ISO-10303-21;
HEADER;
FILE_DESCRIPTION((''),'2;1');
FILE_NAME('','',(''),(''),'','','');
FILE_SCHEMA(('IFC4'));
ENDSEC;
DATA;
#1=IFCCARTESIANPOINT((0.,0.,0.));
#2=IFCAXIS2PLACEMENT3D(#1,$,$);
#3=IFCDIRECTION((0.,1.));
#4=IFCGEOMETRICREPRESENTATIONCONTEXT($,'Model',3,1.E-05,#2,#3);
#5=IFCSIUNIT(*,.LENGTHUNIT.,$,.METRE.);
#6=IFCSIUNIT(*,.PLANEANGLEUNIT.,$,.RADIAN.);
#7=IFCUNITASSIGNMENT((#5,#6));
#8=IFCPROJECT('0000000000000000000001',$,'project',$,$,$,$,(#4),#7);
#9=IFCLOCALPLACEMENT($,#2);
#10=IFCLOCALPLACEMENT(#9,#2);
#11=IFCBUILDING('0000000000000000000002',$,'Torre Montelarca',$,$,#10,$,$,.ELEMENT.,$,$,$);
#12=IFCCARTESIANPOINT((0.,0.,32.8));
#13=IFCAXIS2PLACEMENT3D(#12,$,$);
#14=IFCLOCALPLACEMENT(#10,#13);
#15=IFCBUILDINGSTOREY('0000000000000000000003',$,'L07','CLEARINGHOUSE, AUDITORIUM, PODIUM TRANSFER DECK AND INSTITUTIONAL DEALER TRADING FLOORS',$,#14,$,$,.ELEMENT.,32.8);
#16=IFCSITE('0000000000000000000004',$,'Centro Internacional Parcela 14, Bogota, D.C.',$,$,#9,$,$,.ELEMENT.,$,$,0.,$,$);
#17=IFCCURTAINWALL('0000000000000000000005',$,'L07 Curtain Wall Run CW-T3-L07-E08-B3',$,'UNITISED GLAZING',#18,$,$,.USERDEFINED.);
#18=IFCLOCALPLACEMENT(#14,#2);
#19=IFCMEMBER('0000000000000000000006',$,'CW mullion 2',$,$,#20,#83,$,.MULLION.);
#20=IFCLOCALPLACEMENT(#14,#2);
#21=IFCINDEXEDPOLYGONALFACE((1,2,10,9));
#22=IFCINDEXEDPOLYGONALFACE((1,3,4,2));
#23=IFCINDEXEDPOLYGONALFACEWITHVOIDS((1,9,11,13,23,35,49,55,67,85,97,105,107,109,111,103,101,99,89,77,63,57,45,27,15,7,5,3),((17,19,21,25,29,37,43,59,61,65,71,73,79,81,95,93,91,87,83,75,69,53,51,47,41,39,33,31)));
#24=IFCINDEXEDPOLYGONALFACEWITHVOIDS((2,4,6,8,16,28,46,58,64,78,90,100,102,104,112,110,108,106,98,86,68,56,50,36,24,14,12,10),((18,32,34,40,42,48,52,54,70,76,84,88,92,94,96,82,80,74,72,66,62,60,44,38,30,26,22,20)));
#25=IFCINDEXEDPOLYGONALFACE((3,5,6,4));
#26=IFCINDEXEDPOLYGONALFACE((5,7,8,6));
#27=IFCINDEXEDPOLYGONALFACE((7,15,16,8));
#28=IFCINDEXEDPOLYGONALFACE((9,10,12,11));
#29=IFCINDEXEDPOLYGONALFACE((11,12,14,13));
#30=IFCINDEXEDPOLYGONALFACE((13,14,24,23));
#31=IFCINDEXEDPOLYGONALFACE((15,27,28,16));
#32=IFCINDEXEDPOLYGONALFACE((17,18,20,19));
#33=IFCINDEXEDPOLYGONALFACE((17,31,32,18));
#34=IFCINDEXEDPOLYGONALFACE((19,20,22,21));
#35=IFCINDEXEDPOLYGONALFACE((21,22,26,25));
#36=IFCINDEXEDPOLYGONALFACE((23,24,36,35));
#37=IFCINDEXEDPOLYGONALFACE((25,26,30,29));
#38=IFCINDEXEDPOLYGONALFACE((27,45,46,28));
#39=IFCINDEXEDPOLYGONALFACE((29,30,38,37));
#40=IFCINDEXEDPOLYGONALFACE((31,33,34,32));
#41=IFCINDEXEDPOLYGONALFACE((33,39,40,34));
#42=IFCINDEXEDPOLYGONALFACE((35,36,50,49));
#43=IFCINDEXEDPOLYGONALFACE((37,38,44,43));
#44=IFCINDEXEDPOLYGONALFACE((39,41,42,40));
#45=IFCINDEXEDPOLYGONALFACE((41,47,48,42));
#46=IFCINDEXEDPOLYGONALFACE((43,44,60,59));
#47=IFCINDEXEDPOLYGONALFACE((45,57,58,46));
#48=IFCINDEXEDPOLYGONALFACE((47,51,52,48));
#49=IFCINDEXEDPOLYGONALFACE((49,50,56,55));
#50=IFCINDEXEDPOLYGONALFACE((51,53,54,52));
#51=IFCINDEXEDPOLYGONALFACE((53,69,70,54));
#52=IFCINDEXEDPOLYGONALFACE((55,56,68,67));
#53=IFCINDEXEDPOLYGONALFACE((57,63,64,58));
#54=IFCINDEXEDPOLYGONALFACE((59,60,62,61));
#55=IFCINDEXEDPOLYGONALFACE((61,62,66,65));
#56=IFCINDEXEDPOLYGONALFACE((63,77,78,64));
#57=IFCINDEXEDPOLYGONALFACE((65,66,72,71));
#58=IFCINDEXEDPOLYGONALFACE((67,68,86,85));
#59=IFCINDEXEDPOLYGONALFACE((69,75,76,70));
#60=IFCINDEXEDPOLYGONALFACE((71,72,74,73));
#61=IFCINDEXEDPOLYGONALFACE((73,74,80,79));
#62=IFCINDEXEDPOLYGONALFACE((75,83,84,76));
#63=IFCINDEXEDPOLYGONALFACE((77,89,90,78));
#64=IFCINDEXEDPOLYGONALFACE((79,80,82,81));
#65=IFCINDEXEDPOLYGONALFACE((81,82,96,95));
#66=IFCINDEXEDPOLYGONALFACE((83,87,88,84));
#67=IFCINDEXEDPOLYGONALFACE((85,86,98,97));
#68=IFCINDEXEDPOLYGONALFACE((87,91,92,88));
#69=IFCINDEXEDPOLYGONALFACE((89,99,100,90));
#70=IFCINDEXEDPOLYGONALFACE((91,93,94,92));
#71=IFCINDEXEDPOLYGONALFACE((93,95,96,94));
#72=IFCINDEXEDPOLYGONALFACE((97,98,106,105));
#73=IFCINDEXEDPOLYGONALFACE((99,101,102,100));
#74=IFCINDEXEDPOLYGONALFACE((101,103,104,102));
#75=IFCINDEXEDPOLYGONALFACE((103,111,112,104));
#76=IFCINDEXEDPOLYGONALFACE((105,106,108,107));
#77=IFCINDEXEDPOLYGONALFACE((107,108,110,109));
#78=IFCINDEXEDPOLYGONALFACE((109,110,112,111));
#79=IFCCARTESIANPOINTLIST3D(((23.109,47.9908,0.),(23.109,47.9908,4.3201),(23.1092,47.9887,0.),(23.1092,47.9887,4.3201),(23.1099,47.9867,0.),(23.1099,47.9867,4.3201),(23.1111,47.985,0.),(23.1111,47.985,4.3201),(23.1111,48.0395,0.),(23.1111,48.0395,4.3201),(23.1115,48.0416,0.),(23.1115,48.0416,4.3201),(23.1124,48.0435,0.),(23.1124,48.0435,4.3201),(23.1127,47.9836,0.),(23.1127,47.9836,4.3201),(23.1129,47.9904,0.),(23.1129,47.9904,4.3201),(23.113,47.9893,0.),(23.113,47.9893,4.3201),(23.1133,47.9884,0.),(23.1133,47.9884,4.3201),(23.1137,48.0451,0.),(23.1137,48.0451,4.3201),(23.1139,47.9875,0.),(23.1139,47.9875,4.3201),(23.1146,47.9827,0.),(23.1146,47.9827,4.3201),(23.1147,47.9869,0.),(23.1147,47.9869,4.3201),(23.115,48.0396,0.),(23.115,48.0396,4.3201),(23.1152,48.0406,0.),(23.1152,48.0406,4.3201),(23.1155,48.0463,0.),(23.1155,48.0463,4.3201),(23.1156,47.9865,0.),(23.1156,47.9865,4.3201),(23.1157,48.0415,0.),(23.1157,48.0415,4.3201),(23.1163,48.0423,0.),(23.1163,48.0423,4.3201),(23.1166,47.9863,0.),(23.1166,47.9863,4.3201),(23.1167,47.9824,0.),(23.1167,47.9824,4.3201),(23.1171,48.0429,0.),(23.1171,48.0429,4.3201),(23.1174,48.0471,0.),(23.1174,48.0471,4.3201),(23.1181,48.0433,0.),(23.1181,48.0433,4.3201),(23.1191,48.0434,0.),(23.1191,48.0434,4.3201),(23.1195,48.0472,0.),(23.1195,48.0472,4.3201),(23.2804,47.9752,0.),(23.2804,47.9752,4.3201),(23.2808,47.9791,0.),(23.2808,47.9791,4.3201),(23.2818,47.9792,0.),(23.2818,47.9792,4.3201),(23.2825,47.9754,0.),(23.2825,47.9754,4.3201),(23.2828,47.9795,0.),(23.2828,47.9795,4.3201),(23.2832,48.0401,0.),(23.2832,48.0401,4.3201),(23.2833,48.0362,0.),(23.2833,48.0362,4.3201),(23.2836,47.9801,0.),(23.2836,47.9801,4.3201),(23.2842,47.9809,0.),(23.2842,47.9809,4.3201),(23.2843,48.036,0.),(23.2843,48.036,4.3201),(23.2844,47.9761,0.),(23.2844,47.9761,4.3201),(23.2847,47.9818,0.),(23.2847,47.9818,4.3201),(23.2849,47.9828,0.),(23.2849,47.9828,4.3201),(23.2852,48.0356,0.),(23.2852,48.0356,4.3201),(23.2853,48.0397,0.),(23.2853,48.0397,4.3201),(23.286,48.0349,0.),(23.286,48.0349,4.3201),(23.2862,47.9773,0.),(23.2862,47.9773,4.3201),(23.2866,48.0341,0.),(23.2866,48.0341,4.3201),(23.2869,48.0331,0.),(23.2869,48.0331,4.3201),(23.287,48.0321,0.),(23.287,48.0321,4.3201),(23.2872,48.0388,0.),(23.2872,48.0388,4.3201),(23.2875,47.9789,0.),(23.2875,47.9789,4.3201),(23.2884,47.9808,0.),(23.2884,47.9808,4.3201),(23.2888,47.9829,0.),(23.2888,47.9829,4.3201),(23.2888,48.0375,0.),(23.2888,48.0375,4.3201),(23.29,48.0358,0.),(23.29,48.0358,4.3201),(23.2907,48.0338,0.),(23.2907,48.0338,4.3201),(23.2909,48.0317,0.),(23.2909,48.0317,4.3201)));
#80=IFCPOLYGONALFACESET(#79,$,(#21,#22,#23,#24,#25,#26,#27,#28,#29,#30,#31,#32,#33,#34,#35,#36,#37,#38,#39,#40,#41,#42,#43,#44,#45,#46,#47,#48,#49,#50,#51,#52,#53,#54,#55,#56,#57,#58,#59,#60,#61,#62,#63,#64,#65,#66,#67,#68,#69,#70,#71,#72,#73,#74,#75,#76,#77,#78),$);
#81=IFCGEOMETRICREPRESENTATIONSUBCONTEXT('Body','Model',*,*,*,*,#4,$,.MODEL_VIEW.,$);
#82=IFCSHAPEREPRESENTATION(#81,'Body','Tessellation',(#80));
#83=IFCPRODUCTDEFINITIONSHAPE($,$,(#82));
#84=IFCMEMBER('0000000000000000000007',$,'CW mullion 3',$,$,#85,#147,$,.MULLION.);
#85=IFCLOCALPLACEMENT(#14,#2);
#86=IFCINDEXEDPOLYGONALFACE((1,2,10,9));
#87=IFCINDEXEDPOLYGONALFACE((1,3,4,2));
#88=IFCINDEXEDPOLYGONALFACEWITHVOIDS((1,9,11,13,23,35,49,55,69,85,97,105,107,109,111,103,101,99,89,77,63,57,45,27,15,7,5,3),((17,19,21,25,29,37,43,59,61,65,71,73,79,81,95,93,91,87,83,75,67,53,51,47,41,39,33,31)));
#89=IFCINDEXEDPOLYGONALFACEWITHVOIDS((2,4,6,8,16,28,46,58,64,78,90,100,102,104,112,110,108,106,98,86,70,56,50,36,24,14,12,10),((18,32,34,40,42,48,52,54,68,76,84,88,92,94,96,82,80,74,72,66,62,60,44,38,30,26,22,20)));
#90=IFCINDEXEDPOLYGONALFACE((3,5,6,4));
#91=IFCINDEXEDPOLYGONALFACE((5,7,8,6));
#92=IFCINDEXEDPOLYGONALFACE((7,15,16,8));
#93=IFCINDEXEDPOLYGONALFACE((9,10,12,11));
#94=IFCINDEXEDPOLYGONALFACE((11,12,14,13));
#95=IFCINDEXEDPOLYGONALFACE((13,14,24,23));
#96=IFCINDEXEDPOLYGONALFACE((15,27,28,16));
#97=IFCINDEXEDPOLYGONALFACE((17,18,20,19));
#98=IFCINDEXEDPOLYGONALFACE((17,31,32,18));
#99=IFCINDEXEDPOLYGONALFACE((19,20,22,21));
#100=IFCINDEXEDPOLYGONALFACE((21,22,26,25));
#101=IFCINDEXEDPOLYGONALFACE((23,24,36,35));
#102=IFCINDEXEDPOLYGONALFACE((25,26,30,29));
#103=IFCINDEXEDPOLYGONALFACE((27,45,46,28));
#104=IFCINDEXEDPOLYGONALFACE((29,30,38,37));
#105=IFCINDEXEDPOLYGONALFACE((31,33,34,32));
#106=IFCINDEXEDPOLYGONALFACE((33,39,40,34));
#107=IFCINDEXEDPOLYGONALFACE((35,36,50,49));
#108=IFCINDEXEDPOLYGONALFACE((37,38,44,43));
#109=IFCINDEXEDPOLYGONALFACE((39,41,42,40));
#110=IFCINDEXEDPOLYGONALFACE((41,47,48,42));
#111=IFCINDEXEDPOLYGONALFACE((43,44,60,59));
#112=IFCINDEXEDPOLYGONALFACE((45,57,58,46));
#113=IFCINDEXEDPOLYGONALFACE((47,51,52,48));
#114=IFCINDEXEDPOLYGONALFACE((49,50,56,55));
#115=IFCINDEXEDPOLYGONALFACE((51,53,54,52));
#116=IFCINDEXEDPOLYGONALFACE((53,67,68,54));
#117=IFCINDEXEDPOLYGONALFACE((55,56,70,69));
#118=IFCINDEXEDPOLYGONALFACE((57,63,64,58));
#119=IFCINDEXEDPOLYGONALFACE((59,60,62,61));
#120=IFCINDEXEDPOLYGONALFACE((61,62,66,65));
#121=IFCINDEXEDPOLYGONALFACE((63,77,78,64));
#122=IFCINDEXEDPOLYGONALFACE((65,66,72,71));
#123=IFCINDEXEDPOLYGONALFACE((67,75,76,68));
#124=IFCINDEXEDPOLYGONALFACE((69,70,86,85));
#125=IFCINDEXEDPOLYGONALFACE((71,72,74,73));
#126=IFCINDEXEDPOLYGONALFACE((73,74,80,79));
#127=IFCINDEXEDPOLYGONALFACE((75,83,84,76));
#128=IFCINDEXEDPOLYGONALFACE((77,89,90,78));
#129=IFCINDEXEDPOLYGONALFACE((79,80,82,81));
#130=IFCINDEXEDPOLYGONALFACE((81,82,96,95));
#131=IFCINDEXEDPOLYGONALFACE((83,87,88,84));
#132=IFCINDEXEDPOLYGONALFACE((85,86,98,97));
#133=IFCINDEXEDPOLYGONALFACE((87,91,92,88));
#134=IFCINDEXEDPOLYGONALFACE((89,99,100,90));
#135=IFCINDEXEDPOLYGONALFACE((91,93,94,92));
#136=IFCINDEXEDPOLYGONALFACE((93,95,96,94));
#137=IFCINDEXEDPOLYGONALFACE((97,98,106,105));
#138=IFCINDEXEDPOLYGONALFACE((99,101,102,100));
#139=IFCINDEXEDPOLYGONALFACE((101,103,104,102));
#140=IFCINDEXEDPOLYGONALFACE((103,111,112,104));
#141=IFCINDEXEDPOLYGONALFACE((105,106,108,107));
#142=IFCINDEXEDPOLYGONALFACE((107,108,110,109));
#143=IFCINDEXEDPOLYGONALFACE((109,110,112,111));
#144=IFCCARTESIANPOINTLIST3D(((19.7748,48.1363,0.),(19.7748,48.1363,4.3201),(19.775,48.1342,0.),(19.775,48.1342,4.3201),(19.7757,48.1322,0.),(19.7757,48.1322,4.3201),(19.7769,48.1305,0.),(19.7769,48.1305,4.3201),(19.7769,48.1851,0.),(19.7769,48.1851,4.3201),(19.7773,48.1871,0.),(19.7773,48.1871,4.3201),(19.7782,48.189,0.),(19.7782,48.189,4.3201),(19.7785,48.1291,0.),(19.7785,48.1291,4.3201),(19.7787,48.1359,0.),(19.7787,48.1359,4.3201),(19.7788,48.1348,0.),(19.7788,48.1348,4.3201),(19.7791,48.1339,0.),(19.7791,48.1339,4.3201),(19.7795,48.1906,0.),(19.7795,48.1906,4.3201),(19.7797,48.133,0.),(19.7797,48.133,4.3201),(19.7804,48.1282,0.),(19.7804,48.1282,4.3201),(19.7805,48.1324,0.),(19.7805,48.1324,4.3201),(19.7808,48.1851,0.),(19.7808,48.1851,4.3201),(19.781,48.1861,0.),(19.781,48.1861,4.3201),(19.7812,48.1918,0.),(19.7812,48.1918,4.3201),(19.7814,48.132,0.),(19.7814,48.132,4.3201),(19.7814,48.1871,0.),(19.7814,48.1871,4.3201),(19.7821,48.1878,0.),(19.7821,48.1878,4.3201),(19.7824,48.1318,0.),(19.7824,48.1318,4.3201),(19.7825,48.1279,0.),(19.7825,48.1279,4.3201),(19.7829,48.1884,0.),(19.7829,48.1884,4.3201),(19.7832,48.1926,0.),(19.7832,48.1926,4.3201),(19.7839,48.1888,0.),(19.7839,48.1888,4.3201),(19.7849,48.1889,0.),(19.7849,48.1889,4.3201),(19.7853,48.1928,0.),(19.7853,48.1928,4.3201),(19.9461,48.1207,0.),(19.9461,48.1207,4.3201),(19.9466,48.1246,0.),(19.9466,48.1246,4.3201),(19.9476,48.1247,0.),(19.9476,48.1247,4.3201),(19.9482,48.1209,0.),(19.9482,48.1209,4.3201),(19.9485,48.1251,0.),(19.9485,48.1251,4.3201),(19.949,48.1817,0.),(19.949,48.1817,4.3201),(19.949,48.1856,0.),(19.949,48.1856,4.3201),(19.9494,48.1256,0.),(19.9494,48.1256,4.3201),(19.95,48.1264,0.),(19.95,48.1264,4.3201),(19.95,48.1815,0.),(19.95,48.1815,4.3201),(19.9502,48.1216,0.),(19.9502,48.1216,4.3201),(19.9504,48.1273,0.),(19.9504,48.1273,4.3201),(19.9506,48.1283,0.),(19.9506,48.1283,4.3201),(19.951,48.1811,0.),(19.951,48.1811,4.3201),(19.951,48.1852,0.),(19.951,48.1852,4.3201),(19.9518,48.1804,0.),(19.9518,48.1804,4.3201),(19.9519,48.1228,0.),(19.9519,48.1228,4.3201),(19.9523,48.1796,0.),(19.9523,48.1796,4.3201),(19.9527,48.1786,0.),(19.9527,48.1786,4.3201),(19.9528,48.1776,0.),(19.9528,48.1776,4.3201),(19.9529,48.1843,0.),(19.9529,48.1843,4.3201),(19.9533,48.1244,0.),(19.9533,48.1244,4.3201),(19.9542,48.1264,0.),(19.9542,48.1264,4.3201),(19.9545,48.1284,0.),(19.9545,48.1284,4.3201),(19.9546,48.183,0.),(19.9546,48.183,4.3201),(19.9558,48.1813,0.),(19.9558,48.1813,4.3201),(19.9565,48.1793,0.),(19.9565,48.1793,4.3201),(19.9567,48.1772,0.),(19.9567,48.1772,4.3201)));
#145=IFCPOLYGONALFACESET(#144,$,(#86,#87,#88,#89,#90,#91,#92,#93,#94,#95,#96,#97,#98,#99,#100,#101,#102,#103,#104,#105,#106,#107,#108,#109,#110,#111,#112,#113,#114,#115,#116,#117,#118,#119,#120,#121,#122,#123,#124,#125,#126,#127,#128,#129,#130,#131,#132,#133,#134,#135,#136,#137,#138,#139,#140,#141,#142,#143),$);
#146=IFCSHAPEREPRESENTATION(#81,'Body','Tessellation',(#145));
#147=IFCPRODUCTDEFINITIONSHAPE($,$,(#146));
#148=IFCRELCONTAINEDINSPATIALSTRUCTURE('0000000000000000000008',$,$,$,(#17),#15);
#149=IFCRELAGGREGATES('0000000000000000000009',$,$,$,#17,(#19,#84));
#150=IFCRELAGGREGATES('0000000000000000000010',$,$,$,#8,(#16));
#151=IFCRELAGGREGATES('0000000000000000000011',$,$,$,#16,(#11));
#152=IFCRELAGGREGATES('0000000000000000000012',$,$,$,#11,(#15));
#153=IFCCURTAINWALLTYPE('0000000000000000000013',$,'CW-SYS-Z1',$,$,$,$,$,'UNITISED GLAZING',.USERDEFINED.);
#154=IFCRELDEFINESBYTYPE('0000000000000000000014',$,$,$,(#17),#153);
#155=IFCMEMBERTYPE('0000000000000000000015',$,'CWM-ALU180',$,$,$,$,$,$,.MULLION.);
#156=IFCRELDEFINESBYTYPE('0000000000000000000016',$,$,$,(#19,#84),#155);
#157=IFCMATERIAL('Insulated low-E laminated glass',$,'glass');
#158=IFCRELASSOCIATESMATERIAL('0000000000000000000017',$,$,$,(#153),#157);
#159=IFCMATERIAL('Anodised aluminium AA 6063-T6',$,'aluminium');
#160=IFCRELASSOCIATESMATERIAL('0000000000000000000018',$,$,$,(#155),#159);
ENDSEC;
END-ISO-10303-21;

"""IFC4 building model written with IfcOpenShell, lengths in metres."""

from ifc_helpers import new_model, si_unit, direction, frame, origin, origin_2d, place, context, subcontext, project, spatial, hollow_rectangle, extrude, source, transform, mapped, material, material_profile, profile_set, type_object, element, aggregate, save


model = new_model("IFC4")

# Units and contexts
model_context = context("Model", 3, precision=1e-05, world=origin(), true_north=direction((0.0, 1.0)))
body_context = subcontext(model_context, "Body", "Model", "MODEL_VIEW")
ifc_project = project(units=[si_unit("LENGTHUNIT", "METRE"), si_unit("PLANEANGLEUNIT", "RADIAN")], contexts=[model_context])

# Site, building, storey
site_placement = place(None, origin())
site = spatial("IfcSite", under=ifc_project, at=site_placement, Name="Centro Internacional Parcela 14, Bogota, D.C.", CompositionType="ELEMENT", RefElevation=0.0)
building_placement = place(site_placement, origin())
building = spatial("IfcBuilding", under=site, at=building_placement, Name="Torre Montelarca", CompositionType="ELEMENT")
storey_placement = place(building_placement, frame((0.0, 0.0, 32.8)))
storey = spatial("IfcBuildingStorey", under=building, at=storey_placement, Name="L07", Description="CLEARINGHOUSE, AUDITORIUM, PODIUM TRANSFER DECK AND INSTITUTIONAL DEALER TRADING FLOORS", CompositionType="ELEMENT", Elevation=32.8)

# Curtain wall, members
ifc_material_1 = material(Name="Insulated low-E laminated glass", Category="glass")
curtain_wall_type = type_object("IfcCurtainWallType", Name="CW-SYS-Z1", ElementType="UNITISED GLAZING", PredefinedType="USERDEFINED", material=ifc_material_1)
curtain_wall_1_placement = place(storey_placement, origin())
curtain_wall_1 = element("IfcCurtainWall", 1, at=curtain_wall_1_placement, inside=storey, type_object=curtain_wall_type, Name="L07 Curtain Wall Run CW-T3-L07-E08-B3", ObjectType="UNITISED GLAZING", PredefinedType="USERDEFINED")
ifc_material_2 = material(Name="Anodised aluminium AA 6063-T6", Category="aluminium")
ifc_material_profile_1 = material_profile(ifc_material_2, hollow_rectangle(XDim=0.0649, YDim=0.1799, WallThickness=0.0039, InnerFilletRadius=0.0039, OuterFilletRadius=0.0081, at=origin_2d()), Name="ALU65X180X4", Category="aluminium")
ifc_profile_set_1 = profile_set([ifc_material_profile_1], Name="Anodised aluminium AA 6063-T6")
member_type_1 = type_object("IfcMemberType", Name="CWM-ALU180", PredefinedType="MULLION", material=ifc_profile_set_1)
shared_shape_1 = source(origin(), body_context, "Body", "SweptSolid", [
    extrude(hollow_rectangle(XDim=0.0649, YDim=0.1799, WallThickness=0.0039, InnerFilletRadius=0.0039, OuterFilletRadius=0.0081, at=origin_2d()), origin(), (0.0, 0.0, 1.0), 4.3201),
])
member_1_placement = place(storey_placement, frame((23.2, 48.0112, 0.0), z_axis=(0.0, 0.0, 1.0), x_axis=(-0.043636, -0.999048, 0.0)))
member_1 = element("IfcMember", 2, at=member_1_placement, type_object=member_type_1, Name="CW mullion 2", PredefinedType="MULLION", context=body_context, shape_type="MappedRepresentation", body=[
    mapped(shared_shape_1, transform((0.0, 0.0, 0.0), scale=1.0)),
])
member_2_placement = place(storey_placement, frame((19.8657, 48.1567, 0.0), z_axis=(0.0, 0.0, 1.0), x_axis=(-0.043636, -0.999048, 0.0)))
member_2 = element("IfcMember", 3, at=member_2_placement, type_object=member_type_1, Name="CW mullion 3", PredefinedType="MULLION", context=body_context, shape_type="MappedRepresentation", body=[
    mapped(shared_shape_1, transform((0.0, 0.0, 0.0), scale=1.0)),
])

aggregate(curtain_wall_1, [member_1, member_2])

save(model, "model.ifc")
